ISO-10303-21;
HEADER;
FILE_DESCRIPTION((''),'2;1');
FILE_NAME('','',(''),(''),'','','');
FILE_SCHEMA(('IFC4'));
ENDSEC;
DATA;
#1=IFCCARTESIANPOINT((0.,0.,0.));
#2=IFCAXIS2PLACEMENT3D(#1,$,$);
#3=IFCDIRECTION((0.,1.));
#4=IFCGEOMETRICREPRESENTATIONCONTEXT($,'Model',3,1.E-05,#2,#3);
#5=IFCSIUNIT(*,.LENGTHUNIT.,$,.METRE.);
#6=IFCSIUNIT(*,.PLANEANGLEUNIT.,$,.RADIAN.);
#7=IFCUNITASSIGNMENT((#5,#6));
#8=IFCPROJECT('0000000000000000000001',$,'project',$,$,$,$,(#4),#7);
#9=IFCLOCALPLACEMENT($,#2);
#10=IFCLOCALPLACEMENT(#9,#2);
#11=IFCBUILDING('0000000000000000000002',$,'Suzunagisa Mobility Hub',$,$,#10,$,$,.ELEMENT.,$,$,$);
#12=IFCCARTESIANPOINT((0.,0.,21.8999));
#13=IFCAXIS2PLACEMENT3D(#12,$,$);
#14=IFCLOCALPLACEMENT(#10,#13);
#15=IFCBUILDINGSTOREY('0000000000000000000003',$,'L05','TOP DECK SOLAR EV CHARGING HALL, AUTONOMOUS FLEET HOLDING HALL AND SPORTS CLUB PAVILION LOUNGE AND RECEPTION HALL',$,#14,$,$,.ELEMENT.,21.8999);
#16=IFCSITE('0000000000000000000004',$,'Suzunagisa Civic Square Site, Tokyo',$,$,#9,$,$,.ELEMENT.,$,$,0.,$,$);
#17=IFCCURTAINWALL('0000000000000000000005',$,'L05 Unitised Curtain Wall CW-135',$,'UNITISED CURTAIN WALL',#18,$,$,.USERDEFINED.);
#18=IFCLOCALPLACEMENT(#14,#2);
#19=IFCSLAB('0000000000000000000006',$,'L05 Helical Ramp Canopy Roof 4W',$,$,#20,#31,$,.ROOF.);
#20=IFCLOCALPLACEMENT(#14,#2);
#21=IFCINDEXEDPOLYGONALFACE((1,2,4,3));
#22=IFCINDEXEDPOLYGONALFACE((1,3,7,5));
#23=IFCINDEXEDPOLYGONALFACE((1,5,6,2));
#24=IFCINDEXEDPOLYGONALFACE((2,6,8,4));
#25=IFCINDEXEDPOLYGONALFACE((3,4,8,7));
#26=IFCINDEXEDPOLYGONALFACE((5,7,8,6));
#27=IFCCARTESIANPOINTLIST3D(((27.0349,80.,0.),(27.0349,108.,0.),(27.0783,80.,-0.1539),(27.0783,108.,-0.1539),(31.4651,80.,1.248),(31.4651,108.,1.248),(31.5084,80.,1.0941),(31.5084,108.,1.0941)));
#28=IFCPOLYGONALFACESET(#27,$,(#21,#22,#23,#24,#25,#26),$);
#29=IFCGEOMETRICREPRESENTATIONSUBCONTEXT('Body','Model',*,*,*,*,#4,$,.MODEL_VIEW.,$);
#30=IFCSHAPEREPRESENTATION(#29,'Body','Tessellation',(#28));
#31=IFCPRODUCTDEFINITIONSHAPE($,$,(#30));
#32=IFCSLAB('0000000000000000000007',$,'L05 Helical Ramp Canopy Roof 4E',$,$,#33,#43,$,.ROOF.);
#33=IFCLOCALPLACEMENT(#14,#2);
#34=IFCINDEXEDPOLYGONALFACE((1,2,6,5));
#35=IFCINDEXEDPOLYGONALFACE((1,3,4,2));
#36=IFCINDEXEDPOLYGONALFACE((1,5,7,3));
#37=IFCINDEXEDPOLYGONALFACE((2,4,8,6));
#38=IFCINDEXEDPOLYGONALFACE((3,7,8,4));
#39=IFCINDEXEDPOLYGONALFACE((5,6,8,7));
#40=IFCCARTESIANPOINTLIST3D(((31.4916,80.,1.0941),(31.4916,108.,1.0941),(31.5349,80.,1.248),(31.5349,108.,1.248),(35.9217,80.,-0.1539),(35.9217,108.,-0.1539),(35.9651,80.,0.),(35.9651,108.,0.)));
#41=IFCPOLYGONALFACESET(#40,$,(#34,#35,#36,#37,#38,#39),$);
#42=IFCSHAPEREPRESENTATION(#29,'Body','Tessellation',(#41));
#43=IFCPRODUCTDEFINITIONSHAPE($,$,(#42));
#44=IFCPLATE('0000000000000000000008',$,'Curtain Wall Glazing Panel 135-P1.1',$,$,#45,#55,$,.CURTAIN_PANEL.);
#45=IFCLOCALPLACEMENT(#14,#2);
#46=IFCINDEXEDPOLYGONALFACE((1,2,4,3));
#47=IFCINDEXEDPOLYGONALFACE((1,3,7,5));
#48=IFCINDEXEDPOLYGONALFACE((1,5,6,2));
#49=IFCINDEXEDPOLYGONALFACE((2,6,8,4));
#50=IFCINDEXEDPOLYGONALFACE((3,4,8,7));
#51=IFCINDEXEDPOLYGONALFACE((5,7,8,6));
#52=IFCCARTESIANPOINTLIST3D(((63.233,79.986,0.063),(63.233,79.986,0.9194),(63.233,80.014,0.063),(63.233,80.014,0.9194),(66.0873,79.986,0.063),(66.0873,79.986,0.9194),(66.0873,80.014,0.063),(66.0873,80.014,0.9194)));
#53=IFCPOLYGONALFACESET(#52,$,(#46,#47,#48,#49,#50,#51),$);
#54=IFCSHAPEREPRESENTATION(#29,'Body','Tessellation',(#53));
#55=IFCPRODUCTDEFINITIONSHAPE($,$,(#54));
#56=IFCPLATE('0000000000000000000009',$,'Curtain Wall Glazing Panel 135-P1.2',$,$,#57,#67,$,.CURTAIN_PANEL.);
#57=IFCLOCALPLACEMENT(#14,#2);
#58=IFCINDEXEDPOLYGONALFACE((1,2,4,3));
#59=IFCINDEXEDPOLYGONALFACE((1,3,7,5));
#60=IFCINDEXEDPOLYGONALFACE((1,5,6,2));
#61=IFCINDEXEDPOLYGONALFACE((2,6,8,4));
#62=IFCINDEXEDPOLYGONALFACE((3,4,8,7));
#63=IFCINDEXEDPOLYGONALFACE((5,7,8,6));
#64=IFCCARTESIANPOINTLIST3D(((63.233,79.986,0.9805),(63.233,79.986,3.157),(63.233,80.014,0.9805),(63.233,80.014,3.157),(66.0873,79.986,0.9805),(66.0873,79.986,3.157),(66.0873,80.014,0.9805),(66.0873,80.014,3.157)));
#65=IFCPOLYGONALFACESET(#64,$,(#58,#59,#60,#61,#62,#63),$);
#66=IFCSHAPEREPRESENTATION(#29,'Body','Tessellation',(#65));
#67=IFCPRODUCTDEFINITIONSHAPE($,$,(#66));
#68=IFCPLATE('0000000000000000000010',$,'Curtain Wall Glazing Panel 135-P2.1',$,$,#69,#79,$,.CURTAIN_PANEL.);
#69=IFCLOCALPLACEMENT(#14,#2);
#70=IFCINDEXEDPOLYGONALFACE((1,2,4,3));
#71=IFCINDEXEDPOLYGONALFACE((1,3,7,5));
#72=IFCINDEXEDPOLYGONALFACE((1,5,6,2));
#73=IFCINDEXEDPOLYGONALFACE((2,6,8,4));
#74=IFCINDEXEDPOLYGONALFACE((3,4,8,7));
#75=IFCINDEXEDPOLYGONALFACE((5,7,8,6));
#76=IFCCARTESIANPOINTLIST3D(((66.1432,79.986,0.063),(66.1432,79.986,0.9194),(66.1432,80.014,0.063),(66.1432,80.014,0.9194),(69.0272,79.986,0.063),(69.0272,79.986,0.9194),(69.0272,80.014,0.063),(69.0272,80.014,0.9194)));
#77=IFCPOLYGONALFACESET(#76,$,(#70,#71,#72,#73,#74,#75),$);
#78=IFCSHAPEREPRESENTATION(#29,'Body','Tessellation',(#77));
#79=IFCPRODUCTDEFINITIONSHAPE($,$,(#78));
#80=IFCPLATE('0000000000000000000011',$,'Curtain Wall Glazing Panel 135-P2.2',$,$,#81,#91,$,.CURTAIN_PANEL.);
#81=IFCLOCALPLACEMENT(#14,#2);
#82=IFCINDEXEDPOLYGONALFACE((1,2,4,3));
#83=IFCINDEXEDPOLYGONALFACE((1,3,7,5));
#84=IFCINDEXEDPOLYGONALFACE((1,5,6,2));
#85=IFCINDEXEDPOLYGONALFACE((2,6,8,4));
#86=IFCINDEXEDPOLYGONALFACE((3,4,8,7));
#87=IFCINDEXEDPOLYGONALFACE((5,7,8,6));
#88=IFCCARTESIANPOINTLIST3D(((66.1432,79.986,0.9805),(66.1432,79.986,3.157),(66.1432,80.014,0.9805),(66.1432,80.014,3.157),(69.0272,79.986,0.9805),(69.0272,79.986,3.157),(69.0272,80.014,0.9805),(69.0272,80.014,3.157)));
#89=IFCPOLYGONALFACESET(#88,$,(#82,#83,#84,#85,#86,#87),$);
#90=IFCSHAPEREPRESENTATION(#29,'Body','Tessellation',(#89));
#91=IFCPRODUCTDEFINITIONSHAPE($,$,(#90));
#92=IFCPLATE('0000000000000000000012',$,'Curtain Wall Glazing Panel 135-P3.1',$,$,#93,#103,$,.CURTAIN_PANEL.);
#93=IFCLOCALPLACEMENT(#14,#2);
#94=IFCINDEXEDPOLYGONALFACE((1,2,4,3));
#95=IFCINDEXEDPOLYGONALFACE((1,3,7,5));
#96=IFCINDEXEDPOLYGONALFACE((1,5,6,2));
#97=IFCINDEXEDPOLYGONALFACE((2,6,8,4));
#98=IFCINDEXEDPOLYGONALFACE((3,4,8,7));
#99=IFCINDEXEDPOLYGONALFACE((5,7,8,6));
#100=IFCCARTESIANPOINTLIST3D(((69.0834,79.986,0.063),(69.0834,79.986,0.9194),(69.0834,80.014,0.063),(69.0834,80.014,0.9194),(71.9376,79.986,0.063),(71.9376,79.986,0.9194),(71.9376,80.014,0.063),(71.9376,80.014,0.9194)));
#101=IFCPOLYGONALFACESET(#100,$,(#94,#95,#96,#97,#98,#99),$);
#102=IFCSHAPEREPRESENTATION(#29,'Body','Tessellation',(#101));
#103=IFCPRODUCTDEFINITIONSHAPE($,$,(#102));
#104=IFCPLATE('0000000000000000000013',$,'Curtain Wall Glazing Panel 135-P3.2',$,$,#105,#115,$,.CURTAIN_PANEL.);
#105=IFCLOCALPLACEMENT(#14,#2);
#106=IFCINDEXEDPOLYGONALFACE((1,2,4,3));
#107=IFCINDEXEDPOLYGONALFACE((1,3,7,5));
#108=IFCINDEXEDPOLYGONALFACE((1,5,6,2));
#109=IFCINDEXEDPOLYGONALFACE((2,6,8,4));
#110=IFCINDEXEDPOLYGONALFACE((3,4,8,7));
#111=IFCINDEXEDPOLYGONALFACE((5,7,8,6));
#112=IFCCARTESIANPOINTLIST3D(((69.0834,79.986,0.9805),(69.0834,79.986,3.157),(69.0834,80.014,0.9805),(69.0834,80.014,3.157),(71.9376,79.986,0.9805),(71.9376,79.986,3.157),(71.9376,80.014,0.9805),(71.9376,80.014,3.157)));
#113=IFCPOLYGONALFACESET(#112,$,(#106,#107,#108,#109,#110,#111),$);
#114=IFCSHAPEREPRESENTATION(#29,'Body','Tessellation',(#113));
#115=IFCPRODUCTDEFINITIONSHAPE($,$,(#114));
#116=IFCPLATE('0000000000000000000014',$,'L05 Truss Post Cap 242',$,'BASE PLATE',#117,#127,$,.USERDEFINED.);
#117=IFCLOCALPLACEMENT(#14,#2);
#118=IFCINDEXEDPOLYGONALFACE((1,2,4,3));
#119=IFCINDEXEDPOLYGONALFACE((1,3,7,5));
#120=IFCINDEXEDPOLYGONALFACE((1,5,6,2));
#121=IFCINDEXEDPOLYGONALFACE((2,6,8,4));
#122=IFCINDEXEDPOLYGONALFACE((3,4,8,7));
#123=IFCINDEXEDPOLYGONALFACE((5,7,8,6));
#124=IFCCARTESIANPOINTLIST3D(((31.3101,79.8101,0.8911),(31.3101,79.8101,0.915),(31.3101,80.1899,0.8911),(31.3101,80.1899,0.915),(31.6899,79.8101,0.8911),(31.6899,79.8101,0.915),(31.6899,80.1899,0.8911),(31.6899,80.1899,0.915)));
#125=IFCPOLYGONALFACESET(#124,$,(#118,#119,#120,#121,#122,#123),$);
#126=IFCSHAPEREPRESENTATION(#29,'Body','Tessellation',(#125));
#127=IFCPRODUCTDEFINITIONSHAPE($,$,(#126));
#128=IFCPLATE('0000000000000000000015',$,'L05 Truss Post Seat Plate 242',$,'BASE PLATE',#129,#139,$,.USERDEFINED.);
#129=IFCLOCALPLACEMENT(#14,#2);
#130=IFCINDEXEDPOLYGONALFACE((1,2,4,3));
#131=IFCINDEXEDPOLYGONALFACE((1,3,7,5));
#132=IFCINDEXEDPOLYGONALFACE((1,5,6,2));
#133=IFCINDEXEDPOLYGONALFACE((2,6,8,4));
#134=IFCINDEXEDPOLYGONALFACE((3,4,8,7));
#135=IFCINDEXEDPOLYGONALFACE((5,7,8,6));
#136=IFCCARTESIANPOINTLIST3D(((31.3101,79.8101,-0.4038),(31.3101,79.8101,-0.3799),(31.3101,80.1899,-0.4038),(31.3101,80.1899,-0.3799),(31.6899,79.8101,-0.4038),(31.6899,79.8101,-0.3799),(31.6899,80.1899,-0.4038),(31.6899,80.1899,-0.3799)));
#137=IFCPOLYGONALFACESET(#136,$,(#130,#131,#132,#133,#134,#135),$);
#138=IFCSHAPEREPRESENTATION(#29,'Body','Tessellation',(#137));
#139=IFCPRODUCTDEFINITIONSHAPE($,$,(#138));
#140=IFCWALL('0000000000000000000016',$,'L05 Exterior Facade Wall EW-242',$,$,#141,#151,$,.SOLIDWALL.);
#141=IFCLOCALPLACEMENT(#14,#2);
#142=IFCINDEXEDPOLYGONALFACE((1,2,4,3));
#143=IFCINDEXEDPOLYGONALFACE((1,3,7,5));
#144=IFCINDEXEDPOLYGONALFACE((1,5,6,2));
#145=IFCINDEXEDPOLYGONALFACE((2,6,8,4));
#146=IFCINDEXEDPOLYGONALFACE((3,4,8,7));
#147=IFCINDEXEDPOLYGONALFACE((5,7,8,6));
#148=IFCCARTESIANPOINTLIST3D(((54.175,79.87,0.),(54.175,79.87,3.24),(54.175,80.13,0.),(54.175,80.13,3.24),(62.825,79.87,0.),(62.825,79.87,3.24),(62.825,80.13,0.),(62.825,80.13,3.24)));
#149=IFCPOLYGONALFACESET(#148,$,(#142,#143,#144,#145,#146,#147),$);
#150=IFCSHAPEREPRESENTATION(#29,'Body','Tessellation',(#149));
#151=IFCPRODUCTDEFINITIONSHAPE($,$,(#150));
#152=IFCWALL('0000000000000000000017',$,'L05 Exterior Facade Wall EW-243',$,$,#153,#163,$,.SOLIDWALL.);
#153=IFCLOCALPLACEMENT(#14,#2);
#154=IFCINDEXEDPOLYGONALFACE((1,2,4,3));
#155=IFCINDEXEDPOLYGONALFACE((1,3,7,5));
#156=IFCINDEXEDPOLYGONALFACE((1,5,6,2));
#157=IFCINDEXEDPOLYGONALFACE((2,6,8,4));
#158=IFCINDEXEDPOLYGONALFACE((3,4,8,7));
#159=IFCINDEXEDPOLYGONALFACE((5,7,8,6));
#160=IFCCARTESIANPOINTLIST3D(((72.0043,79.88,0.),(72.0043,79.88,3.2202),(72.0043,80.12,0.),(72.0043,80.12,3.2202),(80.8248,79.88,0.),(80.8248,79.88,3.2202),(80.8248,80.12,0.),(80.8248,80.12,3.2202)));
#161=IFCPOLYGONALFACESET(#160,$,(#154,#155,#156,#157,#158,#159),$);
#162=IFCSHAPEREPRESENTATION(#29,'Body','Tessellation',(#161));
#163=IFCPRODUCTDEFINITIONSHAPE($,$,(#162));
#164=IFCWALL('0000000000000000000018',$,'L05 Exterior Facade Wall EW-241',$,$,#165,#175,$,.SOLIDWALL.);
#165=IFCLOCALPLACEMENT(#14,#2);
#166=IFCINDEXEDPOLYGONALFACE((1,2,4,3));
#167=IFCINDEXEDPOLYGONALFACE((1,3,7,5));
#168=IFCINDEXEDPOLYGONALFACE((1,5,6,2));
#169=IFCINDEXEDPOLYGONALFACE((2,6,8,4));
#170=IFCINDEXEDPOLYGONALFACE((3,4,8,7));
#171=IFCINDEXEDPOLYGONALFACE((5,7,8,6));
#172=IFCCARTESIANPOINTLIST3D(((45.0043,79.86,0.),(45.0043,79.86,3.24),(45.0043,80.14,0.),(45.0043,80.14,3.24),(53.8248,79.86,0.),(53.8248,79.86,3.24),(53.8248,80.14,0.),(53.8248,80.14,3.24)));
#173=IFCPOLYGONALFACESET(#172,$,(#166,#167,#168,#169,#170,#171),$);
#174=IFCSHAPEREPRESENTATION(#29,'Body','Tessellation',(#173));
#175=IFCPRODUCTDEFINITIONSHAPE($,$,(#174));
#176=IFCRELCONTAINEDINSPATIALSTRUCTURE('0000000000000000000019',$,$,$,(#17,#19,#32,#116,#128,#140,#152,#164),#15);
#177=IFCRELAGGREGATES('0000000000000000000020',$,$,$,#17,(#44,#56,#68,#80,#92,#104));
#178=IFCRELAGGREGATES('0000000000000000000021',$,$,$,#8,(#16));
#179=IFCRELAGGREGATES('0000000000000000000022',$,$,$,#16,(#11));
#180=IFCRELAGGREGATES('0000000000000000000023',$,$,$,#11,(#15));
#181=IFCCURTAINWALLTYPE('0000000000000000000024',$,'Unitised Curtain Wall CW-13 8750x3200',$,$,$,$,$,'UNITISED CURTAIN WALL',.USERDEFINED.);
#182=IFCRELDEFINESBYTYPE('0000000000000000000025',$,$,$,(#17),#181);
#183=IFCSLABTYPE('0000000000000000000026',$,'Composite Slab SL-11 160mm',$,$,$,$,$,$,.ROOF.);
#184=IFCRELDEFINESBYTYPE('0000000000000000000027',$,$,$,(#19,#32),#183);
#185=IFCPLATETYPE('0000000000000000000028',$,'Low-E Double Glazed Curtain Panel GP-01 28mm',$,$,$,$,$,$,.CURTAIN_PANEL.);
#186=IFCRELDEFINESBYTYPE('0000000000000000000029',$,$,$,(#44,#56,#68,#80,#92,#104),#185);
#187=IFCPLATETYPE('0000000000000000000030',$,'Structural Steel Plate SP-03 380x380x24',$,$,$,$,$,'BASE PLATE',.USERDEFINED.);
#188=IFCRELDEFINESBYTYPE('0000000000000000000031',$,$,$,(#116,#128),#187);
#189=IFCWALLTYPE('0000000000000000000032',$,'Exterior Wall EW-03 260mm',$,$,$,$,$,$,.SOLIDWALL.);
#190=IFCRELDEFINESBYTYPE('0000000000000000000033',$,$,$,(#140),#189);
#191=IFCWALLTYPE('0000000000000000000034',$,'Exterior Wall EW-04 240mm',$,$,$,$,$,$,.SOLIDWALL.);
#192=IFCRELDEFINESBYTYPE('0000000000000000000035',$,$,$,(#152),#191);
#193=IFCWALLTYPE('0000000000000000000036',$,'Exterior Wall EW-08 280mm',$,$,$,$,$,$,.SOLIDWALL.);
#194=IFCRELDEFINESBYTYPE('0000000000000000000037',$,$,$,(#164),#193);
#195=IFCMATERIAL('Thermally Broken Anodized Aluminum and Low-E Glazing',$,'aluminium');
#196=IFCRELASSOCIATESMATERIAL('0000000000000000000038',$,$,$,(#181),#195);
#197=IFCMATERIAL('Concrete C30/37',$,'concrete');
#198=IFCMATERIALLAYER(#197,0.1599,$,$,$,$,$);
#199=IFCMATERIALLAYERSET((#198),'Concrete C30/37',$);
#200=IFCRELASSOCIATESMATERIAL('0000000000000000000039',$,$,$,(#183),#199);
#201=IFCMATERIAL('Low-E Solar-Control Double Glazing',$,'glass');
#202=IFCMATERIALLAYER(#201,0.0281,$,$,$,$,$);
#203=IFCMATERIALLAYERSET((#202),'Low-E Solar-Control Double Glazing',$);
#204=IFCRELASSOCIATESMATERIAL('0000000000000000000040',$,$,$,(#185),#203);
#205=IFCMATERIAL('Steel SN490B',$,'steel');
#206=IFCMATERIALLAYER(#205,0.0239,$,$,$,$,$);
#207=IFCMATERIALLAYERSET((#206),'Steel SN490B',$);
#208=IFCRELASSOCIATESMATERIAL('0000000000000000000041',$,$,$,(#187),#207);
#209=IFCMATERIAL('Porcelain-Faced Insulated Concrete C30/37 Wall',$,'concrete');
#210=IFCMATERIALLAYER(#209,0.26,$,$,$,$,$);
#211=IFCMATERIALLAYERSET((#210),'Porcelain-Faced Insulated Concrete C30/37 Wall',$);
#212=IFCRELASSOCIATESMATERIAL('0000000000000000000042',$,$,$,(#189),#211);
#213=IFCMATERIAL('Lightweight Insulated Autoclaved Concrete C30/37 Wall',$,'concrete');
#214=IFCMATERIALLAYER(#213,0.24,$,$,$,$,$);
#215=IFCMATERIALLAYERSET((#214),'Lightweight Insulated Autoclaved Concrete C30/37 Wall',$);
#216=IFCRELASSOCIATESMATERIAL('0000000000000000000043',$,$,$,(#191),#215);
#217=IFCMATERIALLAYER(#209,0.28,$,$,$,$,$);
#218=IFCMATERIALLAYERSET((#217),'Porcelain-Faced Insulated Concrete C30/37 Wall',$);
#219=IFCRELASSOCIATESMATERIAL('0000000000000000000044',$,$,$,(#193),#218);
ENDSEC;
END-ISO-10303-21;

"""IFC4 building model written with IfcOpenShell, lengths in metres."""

from ifc_helpers import new_model, si_unit, direction, frame, frame_2d, origin, origin_2d, place, context, subcontext, project, spatial, polyline, rectangle, outline, extrude, material, layer, layer_set, type_object, element, aggregate, save


model = new_model("IFC4")

# Units and contexts
model_context = context("Model", 3, precision=1e-05, world=origin(), true_north=direction((0.0, 1.0)))
body_context = subcontext(model_context, "Body", "Model", "MODEL_VIEW")
ifc_project = project(units=[si_unit("LENGTHUNIT", "METRE"), si_unit("PLANEANGLEUNIT", "RADIAN")], contexts=[model_context])

# Site, building, storey
site_placement = place(None, origin())
site = spatial("IfcSite", under=ifc_project, at=site_placement, Name="Suzunagisa Civic Square Site, Tokyo", CompositionType="ELEMENT", RefElevation=0.0)
building_placement = place(site_placement, origin())
building = spatial("IfcBuilding", under=site, at=building_placement, Name="Suzunagisa Mobility Hub", CompositionType="ELEMENT")
storey_placement = place(building_placement, frame((0.0, 0.0, 21.8999)))
storey = spatial("IfcBuildingStorey", under=building, at=storey_placement, Name="L05", Description="TOP DECK SOLAR EV CHARGING HALL, AUTONOMOUS FLEET HOLDING HALL AND SPORTS CLUB PAVILION LOUNGE AND RECEPTION HALL", CompositionType="ELEMENT", Elevation=21.8999)

# Shared definitions
ifc_material_1 = material(Name="Steel SN490B", Category="steel")

# Curtain wall
ifc_material_2 = material(Name="Thermally Broken Anodized Aluminum and Low-E Glazing", Category="aluminium")
curtain_wall_type = type_object("IfcCurtainWallType", Name="Unitised Curtain Wall CW-13 8750x3200", ElementType="UNITISED CURTAIN WALL", PredefinedType="USERDEFINED", material=ifc_material_2)
curtain_wall_placement = place(storey_placement, origin())
curtain_wall = element("IfcCurtainWall", 1, at=curtain_wall_placement, inside=storey, type_object=curtain_wall_type, Name="L05 Unitised Curtain Wall CW-135", ObjectType="UNITISED CURTAIN WALL", PredefinedType="USERDEFINED")

# Slabs
ifc_material_3 = material(Name="Concrete C30/37", Category="concrete")
ifc_layer_1 = layer(ifc_material_3, 0.1599)
ifc_layer_set_1 = layer_set([ifc_layer_1], Name="Concrete C30/37")
slab_type = type_object("IfcSlabType", Name="Composite Slab SL-11 160mm", PredefinedType="ROOF", material=ifc_layer_set_1)
for number, where, z_axis, x_axis, name in (
    (2, (27.0349, 80.0, 0.0), (-0.27116, 0.0, 0.962534), (0.962534, 0.0, 0.27116), "L05 Helical Ramp Canopy Roof 4W"),
    (3, (31.5349, 80.0, 1.248), (0.27116, 0.0, 0.962534), (0.962534, 0.0, -0.27116), "L05 Helical Ramp Canopy Roof 4E"),
):
    element("IfcSlab", number, at=place(storey_placement, frame(where, z_axis=z_axis, x_axis=x_axis)), inside=storey, type_object=slab_type, Name=name, PredefinedType="ROOF", context=body_context, shape_type="SweptSolid", body=[
        extrude(outline(polyline([(0.0, 0.0), (4.6026, 0.0), (4.6026, 28.0), (0.0, 28.0), (0.0, 0.0)])), origin(), (0.0, 0.0, -1.0), 0.1599),
    ])

# Plates
ifc_material_4 = material(Name="Low-E Solar-Control Double Glazing", Category="glass")
ifc_layer_2 = layer(ifc_material_4, 0.0281)
ifc_layer_set_2 = layer_set([ifc_layer_2], Name="Low-E Solar-Control Double Glazing")
plate_type_1 = type_object("IfcPlateType", Name="Low-E Double Glazed Curtain Panel GP-01 28mm", PredefinedType="CURTAIN_PANEL", material=ifc_layer_set_2)
plate_1_placement = place(storey_placement, frame((64.6602, 80.0, 0.063), z_axis=(0.0, 0.0, 1.0), x_axis=(1.0, 0.0, 0.0)))
plate_1 = element("IfcPlate", 4, at=plate_1_placement, type_object=plate_type_1, Name="Curtain Wall Glazing Panel 135-P1.1", PredefinedType="CURTAIN_PANEL", context=body_context, shape_type="SweptSolid", body=[
    extrude(rectangle(XDim=2.8542, YDim=0.0281, at=origin_2d()), origin(), (0.0, 0.0, 1.0), 0.8564),
])
plate_2_placement = place(storey_placement, frame((64.6602, 80.0, 0.9805), z_axis=(0.0, 0.0, 1.0), x_axis=(1.0, 0.0, 0.0)))
plate_2 = element("IfcPlate", 5, at=plate_2_placement, type_object=plate_type_1, Name="Curtain Wall Glazing Panel 135-P1.2", PredefinedType="CURTAIN_PANEL", context=body_context, shape_type="SweptSolid", body=[
    extrude(rectangle(XDim=2.8542, YDim=0.0281, at=origin_2d()), origin(), (0.0, 0.0, 1.0), 2.1765),
])
plate_3_placement = place(storey_placement, frame((67.5852, 80.0, 0.063), z_axis=(0.0, 0.0, 1.0), x_axis=(1.0, 0.0, 0.0)))
plate_3 = element("IfcPlate", 6, at=plate_3_placement, type_object=plate_type_1, Name="Curtain Wall Glazing Panel 135-P2.1", PredefinedType="CURTAIN_PANEL", context=body_context, shape_type="SweptSolid", body=[
    extrude(rectangle(XDim=2.884, YDim=0.0281, at=origin_2d()), origin(), (0.0, 0.0, 1.0), 0.8564),
])
plate_4_placement = place(storey_placement, frame((67.5852, 80.0, 0.9805), z_axis=(0.0, 0.0, 1.0), x_axis=(1.0, 0.0, 0.0)))
plate_4 = element("IfcPlate", 7, at=plate_4_placement, type_object=plate_type_1, Name="Curtain Wall Glazing Panel 135-P2.2", PredefinedType="CURTAIN_PANEL", context=body_context, shape_type="SweptSolid", body=[
    extrude(rectangle(XDim=2.884, YDim=0.0281, at=origin_2d()), origin(), (0.0, 0.0, 1.0), 2.1765),
])
plate_5_placement = place(storey_placement, frame((70.5105, 80.0, 0.063), z_axis=(0.0, 0.0, 1.0), x_axis=(1.0, 0.0, 0.0)))
plate_5 = element("IfcPlate", 8, at=plate_5_placement, type_object=plate_type_1, Name="Curtain Wall Glazing Panel 135-P3.1", PredefinedType="CURTAIN_PANEL", context=body_context, shape_type="SweptSolid", body=[
    extrude(rectangle(XDim=2.8542, YDim=0.0281, at=origin_2d()), origin(), (0.0, 0.0, 1.0), 0.8564),
])
plate_6_placement = place(storey_placement, frame((70.5105, 80.0, 0.9805), z_axis=(0.0, 0.0, 1.0), x_axis=(1.0, 0.0, 0.0)))
plate_6 = element("IfcPlate", 9, at=plate_6_placement, type_object=plate_type_1, Name="Curtain Wall Glazing Panel 135-P3.2", PredefinedType="CURTAIN_PANEL", context=body_context, shape_type="SweptSolid", body=[
    extrude(rectangle(XDim=2.8542, YDim=0.0281, at=origin_2d()), origin(), (0.0, 0.0, 1.0), 2.1765),
])
aggregate(curtain_wall, [plate_1, plate_2, plate_3, plate_4, plate_5, plate_6])

# Plates
ifc_layer_3 = layer(ifc_material_1, 0.0239)
ifc_layer_set_3 = layer_set([ifc_layer_3], Name="Steel SN490B")
plate_type_2 = type_object("IfcPlateType", Name="Structural Steel Plate SP-03 380x380x24", ElementType="BASE PLATE", PredefinedType="USERDEFINED", material=ifc_layer_set_3)
for number, where, z_axis, x_axis, name in (
    (10, (31.5, 80.0, 0.8911), (0.0, 0.0, 1.0), (1.0, 0.0, 0.0), "L05 Truss Post Cap 242"),
    (11, (31.5, 80.0, -0.4038), (0.0, 0.0, 1.0), (1.0, 0.0, 0.0), "L05 Truss Post Seat Plate 242"),
):
    element("IfcPlate", number, at=place(storey_placement, frame(where, z_axis=z_axis, x_axis=x_axis)), inside=storey, type_object=plate_type_2, Name=name, ObjectType="BASE PLATE", PredefinedType="USERDEFINED", context=body_context, shape_type="SweptSolid", body=[
        extrude(rectangle(XDim=0.3799, YDim=0.3799, at=origin_2d()), origin(), (0.0, 0.0, 1.0), 0.0239),
    ])

# Walls
ifc_material_5 = material(Name="Porcelain-Faced Insulated Concrete C30/37 Wall", Category="concrete")
ifc_layer_4 = layer(ifc_material_5, 0.26)
ifc_layer_set_4 = layer_set([ifc_layer_4], Name="Porcelain-Faced Insulated Concrete C30/37 Wall")
wall_type_1 = type_object("IfcWallType", Name="Exterior Wall EW-03 260mm", PredefinedType="SOLIDWALL", material=ifc_layer_set_4)
wall_1_placement = place(storey_placement, frame((54.175, 80.0, 0.0), z_axis=(0.0, 0.0, 1.0), x_axis=(1.0, 0.0, 0.0)))
element("IfcWall", 12, at=wall_1_placement, inside=storey, type_object=wall_type_1, Name="L05 Exterior Facade Wall EW-242", PredefinedType="SOLIDWALL", context=body_context, shape_type="SweptSolid", body=[
    extrude(rectangle(XDim=8.6499, YDim=0.26, at=frame_2d((4.325, 0.0))), origin(), (0.0, 0.0, 1.0), 3.24),
])
ifc_material_6 = material(Name="Lightweight Insulated Autoclaved Concrete C30/37 Wall", Category="concrete")
ifc_layer_5 = layer(ifc_material_6, 0.24)
ifc_layer_set_5 = layer_set([ifc_layer_5], Name="Lightweight Insulated Autoclaved Concrete C30/37 Wall")
wall_type_2 = type_object("IfcWallType", Name="Exterior Wall EW-04 240mm", PredefinedType="SOLIDWALL", material=ifc_layer_set_5)
wall_2_placement = place(storey_placement, frame((72.0044, 80.0, 0.0), z_axis=(0.0, 0.0, 1.0), x_axis=(1.0, 0.0, 0.0)))
element("IfcWall", 13, at=wall_2_placement, inside=storey, type_object=wall_type_2, Name="L05 Exterior Facade Wall EW-243", PredefinedType="SOLIDWALL", context=body_context, shape_type="SweptSolid", body=[
    extrude(rectangle(XDim=8.8206, YDim=0.24, at=frame_2d((4.4102, 0.0))), origin(), (0.0, 0.0, 1.0), 3.2202),
])
ifc_layer_6 = layer(ifc_material_5, 0.28)
ifc_layer_set_6 = layer_set([ifc_layer_6], Name="Porcelain-Faced Insulated Concrete C30/37 Wall")
wall_type_3 = type_object("IfcWallType", Name="Exterior Wall EW-08 280mm", PredefinedType="SOLIDWALL", material=ifc_layer_set_6)
wall_3_placement = place(storey_placement, frame((45.0044, 80.0, 0.0), z_axis=(0.0, 0.0, 1.0), x_axis=(1.0, 0.0, 0.0)))
element("IfcWall", 14, at=wall_3_placement, inside=storey, type_object=wall_type_3, Name="L05 Exterior Facade Wall EW-241", PredefinedType="SOLIDWALL", context=body_context, shape_type="SweptSolid", body=[
    extrude(rectangle(XDim=8.8206, YDim=0.28, at=frame_2d((4.4102, 0.0))), origin(), (0.0, 0.0, 1.0), 3.24),
])

save(model, "model.ifc")
